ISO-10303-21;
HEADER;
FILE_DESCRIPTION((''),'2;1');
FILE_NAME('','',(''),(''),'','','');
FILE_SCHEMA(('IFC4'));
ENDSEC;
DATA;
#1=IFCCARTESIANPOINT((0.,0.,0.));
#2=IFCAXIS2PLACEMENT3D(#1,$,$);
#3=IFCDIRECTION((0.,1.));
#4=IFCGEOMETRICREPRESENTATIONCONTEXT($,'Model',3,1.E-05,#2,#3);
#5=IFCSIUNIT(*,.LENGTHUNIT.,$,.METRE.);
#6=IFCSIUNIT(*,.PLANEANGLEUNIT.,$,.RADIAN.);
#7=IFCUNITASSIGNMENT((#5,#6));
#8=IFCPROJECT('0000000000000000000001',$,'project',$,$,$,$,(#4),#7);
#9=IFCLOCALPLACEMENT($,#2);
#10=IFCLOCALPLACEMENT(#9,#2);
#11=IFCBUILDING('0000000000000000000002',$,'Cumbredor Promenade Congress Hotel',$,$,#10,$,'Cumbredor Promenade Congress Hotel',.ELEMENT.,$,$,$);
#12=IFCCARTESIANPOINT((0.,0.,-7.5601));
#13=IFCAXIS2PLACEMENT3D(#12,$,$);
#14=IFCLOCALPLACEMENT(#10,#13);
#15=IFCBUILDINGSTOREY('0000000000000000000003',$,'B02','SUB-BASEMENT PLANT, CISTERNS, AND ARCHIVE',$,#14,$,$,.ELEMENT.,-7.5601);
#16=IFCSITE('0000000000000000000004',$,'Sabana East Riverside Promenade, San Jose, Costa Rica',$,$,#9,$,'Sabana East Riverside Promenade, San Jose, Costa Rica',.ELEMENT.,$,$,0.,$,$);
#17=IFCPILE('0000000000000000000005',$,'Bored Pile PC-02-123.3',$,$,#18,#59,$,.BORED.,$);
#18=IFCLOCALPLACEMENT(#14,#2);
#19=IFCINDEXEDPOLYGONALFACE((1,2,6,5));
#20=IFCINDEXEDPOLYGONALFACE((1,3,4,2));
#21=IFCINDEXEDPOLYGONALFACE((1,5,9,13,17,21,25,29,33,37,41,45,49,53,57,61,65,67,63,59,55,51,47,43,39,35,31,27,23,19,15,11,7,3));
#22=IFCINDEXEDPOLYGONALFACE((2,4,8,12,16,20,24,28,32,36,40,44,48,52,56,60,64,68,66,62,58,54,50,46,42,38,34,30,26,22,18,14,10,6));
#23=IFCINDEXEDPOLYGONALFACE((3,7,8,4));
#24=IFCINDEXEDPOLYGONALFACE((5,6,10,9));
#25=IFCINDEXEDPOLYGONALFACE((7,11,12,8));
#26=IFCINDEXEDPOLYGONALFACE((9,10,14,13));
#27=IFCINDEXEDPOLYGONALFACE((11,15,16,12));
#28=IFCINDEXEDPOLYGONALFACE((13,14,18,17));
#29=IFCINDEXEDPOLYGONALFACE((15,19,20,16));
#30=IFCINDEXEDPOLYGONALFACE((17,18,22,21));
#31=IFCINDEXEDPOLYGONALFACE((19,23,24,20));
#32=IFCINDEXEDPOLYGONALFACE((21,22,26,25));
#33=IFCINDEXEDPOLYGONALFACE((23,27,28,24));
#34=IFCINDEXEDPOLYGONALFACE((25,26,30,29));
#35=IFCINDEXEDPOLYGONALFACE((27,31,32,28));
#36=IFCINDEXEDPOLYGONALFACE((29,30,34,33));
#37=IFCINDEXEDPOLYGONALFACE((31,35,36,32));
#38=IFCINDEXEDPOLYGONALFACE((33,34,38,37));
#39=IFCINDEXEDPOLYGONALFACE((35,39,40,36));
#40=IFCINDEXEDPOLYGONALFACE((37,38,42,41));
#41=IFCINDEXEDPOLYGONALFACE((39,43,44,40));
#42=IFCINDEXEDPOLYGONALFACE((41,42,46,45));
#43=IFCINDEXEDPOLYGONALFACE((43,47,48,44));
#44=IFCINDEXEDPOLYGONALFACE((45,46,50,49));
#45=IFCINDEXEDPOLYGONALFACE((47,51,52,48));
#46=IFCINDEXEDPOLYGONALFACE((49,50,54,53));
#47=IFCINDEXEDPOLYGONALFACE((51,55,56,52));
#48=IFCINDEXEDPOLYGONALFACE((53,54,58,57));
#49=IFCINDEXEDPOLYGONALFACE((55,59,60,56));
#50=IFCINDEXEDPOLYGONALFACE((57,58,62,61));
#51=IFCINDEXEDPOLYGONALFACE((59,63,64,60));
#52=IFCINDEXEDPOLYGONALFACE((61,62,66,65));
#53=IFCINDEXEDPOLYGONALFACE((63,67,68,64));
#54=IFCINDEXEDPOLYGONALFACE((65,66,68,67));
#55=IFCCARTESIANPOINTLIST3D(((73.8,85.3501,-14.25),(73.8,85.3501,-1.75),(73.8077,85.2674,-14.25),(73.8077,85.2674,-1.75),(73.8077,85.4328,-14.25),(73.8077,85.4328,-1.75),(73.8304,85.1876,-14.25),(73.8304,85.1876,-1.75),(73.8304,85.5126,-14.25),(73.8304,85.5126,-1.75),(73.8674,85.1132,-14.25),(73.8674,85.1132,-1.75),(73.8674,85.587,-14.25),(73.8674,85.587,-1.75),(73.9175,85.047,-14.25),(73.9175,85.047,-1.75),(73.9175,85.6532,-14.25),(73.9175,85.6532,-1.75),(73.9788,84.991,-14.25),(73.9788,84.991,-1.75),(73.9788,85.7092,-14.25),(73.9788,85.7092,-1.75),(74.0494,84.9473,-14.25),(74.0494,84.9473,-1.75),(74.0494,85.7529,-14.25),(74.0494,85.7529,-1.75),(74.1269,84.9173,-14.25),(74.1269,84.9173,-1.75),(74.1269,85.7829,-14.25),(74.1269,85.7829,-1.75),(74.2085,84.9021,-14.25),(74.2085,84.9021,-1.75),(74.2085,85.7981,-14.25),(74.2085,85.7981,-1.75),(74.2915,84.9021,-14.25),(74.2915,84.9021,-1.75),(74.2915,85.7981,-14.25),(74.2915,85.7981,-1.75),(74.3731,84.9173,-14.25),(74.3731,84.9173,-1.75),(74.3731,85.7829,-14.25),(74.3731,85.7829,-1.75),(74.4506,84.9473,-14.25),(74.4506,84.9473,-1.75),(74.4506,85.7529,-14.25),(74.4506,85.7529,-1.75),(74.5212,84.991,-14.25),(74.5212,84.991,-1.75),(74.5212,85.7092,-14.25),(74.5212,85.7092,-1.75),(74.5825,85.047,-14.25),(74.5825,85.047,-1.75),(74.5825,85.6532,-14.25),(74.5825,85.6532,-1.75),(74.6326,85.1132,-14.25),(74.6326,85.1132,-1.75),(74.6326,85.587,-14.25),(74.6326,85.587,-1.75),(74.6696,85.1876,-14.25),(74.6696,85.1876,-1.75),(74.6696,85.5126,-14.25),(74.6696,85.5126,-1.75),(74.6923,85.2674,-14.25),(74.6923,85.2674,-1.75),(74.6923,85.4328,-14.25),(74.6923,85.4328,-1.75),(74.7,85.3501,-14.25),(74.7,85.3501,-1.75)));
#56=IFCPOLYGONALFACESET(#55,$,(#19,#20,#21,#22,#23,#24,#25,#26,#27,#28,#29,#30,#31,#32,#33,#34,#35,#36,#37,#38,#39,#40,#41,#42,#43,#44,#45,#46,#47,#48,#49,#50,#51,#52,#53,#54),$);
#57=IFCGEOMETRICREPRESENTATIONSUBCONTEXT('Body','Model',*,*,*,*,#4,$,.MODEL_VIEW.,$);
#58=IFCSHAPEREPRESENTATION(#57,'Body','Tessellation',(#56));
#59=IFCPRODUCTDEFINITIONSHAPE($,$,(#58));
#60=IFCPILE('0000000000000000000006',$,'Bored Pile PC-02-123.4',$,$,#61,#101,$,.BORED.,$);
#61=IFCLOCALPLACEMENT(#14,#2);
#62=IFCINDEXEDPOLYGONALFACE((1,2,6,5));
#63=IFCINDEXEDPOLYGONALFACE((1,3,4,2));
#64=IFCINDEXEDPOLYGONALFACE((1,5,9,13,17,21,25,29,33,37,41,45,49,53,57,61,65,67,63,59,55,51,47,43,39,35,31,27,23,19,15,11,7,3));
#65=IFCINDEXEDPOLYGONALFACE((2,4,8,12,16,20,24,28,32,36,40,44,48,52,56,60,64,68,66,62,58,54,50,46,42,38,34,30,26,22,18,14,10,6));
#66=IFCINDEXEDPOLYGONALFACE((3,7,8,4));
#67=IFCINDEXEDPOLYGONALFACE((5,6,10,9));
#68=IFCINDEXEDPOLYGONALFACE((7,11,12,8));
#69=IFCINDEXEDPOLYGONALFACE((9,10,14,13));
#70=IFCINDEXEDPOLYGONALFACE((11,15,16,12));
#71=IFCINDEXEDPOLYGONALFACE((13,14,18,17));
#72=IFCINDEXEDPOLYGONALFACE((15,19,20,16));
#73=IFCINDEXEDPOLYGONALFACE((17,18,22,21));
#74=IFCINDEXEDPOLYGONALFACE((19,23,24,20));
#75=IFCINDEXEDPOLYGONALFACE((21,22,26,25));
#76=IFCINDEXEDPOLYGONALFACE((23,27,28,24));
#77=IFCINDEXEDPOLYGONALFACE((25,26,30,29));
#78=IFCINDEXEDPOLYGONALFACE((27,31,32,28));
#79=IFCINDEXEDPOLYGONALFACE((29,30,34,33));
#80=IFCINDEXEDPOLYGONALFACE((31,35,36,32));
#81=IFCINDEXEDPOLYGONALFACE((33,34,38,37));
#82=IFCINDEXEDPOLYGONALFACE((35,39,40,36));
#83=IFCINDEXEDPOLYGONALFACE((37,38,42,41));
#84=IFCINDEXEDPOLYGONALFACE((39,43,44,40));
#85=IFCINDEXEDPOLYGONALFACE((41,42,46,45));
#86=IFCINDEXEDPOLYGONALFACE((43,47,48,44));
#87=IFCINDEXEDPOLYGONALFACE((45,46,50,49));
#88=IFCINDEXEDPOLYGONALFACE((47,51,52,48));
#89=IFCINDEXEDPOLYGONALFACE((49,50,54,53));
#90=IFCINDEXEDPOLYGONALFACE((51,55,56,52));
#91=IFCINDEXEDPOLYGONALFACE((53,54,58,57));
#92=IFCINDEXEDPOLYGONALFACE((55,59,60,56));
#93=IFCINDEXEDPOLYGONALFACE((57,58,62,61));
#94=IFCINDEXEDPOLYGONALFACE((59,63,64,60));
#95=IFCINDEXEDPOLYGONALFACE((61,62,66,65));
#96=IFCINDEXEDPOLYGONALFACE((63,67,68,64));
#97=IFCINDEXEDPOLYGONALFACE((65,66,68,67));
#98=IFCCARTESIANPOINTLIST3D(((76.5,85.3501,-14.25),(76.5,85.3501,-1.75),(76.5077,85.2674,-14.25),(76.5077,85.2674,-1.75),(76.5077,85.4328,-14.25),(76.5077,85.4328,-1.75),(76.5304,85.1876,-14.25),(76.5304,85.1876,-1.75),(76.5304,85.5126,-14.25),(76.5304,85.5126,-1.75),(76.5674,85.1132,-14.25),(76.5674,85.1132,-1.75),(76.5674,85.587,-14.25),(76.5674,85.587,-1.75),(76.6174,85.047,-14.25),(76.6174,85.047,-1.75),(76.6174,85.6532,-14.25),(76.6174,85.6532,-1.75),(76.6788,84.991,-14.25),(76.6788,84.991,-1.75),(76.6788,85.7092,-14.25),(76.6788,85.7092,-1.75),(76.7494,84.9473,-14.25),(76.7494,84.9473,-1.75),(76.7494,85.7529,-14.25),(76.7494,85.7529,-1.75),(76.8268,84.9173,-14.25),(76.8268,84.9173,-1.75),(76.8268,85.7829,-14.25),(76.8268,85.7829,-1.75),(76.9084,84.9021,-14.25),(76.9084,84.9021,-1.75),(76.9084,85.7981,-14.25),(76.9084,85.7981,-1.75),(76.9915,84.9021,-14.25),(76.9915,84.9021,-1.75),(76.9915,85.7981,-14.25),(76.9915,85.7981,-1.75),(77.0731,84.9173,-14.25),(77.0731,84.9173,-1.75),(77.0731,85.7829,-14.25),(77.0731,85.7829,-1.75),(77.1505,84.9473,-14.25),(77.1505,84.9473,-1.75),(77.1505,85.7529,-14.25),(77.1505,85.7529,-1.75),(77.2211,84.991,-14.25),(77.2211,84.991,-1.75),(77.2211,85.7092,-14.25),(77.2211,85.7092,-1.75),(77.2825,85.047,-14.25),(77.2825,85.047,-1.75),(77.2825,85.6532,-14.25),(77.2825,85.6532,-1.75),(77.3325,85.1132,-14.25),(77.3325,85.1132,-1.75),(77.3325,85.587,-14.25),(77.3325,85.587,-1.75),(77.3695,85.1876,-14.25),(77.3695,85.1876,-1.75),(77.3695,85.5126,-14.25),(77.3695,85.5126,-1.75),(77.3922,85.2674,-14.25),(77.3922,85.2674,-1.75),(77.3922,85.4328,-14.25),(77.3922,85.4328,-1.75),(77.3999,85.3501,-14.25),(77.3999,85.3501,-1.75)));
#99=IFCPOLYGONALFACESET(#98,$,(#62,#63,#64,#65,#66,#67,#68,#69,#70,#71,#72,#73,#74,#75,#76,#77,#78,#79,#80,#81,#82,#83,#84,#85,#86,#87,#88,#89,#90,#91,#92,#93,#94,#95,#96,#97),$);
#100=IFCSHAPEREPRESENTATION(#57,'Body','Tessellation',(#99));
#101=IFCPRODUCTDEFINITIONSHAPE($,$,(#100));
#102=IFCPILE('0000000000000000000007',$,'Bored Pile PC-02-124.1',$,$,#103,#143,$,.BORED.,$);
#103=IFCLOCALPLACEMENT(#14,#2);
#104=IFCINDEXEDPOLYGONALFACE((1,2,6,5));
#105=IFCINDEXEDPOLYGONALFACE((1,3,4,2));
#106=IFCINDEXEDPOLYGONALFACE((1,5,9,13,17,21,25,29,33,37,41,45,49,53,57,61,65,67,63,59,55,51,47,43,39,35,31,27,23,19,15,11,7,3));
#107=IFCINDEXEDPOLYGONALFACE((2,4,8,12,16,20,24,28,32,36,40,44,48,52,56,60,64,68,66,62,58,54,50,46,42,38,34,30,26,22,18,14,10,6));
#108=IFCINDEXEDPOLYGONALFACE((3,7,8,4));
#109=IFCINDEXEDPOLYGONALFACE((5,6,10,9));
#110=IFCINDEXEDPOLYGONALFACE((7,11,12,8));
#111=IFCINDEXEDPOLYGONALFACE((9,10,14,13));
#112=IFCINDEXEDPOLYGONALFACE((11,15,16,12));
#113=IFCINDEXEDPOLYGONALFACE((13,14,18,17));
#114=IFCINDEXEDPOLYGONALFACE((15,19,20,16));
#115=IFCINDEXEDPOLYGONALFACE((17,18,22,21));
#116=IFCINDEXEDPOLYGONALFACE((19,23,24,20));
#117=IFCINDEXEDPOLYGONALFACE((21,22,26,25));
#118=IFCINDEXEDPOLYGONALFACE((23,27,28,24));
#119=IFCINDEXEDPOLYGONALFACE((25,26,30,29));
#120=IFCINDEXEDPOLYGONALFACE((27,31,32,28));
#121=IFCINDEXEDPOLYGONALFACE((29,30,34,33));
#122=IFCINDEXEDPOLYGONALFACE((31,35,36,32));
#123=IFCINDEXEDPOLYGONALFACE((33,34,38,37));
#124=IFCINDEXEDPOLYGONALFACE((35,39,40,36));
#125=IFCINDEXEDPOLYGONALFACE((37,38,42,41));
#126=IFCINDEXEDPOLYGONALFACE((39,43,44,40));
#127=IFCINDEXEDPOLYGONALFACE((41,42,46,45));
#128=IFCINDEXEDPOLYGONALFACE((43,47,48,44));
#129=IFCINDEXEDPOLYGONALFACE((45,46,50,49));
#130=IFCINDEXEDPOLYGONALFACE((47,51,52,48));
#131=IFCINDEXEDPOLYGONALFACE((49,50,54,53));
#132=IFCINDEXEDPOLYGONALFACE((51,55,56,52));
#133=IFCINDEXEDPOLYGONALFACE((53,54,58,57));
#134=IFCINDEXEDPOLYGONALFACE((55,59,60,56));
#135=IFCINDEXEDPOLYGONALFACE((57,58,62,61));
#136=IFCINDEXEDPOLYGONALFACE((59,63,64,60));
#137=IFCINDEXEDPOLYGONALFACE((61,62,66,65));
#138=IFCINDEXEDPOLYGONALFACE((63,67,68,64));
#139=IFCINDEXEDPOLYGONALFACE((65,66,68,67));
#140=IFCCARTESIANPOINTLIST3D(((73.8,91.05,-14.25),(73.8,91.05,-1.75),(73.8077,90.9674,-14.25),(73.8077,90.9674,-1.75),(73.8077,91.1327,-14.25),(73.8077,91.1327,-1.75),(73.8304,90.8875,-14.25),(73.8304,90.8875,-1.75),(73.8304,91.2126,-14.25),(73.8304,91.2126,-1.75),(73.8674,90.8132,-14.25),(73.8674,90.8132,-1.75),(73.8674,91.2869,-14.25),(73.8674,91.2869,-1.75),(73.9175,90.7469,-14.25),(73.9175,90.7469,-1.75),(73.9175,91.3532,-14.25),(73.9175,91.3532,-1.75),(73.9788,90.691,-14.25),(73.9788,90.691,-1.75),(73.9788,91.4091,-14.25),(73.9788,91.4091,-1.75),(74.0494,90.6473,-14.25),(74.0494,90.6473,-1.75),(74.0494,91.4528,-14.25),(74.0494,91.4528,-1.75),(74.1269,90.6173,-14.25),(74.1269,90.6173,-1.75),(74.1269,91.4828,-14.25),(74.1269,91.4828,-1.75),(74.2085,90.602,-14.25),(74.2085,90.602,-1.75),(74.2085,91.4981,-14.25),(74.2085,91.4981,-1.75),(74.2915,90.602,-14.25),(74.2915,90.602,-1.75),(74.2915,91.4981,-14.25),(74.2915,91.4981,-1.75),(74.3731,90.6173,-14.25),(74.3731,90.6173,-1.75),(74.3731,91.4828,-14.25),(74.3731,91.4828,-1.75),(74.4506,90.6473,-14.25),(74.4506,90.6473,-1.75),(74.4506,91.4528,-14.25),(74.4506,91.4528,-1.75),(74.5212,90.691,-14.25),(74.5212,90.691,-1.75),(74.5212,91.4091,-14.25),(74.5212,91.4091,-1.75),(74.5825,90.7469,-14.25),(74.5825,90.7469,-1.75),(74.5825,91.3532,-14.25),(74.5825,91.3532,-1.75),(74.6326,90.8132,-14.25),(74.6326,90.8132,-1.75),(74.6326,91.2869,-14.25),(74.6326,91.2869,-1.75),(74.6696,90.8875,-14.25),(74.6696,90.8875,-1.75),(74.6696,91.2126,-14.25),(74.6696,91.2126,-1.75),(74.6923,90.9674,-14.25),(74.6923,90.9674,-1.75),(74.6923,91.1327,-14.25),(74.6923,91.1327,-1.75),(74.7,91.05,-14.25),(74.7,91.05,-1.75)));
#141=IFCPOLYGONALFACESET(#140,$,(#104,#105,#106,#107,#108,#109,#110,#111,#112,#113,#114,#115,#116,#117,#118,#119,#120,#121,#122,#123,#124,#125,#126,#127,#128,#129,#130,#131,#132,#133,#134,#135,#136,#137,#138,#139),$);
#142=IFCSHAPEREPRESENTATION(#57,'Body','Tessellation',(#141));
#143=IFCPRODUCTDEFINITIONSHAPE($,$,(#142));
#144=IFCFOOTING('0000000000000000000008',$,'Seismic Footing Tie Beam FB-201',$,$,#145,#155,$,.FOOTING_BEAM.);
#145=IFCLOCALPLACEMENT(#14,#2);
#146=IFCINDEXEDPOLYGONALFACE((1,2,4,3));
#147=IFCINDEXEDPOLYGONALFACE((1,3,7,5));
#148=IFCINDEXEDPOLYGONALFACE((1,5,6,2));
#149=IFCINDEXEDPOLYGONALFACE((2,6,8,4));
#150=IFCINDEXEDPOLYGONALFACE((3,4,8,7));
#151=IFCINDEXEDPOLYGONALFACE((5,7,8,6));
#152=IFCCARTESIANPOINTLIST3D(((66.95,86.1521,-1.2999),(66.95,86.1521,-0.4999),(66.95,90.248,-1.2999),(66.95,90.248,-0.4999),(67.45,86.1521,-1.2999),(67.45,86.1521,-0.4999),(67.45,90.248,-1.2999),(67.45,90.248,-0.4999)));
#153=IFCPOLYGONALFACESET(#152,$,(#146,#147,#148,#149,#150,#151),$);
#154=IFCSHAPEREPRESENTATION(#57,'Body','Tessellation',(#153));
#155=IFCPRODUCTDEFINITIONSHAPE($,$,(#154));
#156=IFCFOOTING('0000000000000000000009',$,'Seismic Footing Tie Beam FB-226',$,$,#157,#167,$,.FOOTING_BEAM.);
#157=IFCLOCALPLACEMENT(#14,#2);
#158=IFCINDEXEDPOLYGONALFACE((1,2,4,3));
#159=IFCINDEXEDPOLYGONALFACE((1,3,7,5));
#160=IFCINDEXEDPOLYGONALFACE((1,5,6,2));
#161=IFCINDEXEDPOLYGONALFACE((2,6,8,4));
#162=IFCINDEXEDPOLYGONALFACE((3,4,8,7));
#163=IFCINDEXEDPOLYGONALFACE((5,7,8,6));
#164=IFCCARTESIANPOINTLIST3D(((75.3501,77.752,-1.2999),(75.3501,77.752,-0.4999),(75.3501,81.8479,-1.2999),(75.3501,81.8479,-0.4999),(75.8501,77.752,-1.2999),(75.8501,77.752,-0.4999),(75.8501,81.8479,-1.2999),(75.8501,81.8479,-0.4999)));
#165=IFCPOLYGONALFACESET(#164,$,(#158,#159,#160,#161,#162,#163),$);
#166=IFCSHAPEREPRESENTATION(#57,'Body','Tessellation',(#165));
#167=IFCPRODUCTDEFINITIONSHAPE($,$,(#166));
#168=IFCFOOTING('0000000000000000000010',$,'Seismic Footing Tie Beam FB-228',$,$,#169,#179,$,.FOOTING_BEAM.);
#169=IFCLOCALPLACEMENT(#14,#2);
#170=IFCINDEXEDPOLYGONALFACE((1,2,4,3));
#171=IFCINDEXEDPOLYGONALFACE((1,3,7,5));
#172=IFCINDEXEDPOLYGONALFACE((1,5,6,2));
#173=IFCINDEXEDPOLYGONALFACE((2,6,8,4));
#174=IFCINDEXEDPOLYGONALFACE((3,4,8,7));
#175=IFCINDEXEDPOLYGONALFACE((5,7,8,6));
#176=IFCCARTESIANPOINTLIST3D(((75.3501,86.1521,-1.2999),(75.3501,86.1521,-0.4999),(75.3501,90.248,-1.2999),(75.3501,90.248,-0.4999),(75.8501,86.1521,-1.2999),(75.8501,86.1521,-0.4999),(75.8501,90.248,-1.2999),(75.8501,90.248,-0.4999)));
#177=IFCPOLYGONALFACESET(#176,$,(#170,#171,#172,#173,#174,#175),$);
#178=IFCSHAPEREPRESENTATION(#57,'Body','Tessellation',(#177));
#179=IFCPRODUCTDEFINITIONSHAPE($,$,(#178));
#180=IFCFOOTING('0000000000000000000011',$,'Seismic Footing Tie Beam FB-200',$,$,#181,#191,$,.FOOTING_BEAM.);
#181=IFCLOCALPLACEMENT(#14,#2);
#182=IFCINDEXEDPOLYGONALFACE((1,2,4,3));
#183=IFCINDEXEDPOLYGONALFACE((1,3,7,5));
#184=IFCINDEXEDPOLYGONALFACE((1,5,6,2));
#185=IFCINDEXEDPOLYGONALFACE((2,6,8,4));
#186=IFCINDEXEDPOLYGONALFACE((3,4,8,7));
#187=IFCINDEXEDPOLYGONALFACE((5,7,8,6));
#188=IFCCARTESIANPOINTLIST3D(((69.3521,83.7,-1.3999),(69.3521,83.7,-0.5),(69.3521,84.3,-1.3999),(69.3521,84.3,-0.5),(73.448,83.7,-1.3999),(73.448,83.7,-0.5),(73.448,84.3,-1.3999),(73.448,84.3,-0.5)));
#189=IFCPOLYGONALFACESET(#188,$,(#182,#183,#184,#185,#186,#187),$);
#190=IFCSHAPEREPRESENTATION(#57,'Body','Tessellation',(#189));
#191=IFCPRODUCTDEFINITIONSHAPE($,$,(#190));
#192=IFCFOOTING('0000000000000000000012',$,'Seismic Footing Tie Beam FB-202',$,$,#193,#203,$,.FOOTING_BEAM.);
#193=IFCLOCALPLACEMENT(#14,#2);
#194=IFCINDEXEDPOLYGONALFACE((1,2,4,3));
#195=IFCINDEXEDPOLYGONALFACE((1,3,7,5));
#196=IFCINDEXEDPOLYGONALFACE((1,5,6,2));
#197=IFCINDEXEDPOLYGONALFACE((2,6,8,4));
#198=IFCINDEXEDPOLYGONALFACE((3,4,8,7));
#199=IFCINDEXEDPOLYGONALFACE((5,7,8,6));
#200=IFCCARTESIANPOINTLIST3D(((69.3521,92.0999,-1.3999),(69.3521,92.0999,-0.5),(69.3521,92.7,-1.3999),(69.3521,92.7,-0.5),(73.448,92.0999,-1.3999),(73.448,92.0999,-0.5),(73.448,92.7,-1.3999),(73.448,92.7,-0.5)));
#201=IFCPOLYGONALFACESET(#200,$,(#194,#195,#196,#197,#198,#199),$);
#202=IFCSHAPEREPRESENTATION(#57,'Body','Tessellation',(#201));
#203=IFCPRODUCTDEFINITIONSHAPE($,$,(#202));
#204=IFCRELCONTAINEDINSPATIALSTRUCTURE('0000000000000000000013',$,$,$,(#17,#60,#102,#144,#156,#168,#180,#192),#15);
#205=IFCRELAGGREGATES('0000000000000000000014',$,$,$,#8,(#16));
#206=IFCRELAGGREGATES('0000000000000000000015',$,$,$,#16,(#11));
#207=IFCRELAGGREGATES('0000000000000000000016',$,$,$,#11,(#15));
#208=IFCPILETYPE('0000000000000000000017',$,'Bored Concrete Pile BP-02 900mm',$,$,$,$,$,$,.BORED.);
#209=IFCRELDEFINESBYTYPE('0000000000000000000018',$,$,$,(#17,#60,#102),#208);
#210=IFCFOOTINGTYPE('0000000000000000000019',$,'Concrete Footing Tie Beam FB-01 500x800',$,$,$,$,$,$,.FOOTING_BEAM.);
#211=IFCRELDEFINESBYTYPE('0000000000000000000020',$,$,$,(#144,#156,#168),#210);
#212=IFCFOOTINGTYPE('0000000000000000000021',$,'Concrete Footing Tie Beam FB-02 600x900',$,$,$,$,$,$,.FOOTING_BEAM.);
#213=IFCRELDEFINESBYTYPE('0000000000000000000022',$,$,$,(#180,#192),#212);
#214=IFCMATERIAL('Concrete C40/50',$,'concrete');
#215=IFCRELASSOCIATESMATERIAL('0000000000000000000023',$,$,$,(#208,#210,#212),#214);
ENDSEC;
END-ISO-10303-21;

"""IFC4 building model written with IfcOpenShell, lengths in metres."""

from ifc_helpers import new_model, si_unit, direction, frame, origin, origin_2d, place, context, subcontext, project, spatial, rectangle, circle, extrude, material, material_profile, profile_set, type_object, element, save


model = new_model("IFC4")

# Units and contexts
model_context = context("Model", 3, precision=1e-05, world=origin(), true_north=direction((0.0, 1.0)))
body_context = subcontext(model_context, "Body", "Model", "MODEL_VIEW")
ifc_project = project(units=[si_unit("LENGTHUNIT", "METRE"), si_unit("PLANEANGLEUNIT", "RADIAN")], contexts=[model_context])

# Site, building, storey
site_placement = place(None, origin())
site = spatial("IfcSite", under=ifc_project, at=site_placement, Name="Sabana East Riverside Promenade, San Jose, Costa Rica", LongName="Sabana East Riverside Promenade, San Jose, Costa Rica", CompositionType="ELEMENT", RefElevation=0.0)
building_placement = place(site_placement, origin())
building = spatial("IfcBuilding", under=site, at=building_placement, Name="Cumbredor Promenade Congress Hotel", LongName="Cumbredor Promenade Congress Hotel", CompositionType="ELEMENT")
storey_placement = place(building_placement, frame((0.0, 0.0, -7.5601)))
storey = spatial("IfcBuildingStorey", under=building, at=storey_placement, Name="B02", Description="SUB-BASEMENT PLANT, CISTERNS, AND ARCHIVE", CompositionType="ELEMENT", Elevation=-7.5601)

# Piles
ifc_material_1 = material(Name="Concrete C40/50", Category="concrete")
ifc_material_profile_1 = material_profile(ifc_material_1, circle(Radius=0.45, at=origin_2d()), Name="PILE D900")
ifc_profile_set_1 = profile_set([ifc_material_profile_1], Name="Concrete C40/50")
pile_type = type_object("IfcPileType", Name="Bored Concrete Pile BP-02 900mm", PredefinedType="BORED", material=ifc_profile_set_1)
for number, where, z_axis, x_axis, name in (
    (1, (74.25, 85.3501, -1.75), (0.0, 0.0, -1.0), (1.0, 0.0, 0.0), "Bored Pile PC-02-123.3"),
    (2, (76.95, 85.3501, -1.75), (0.0, 0.0, -1.0), (1.0, 0.0, 0.0), "Bored Pile PC-02-123.4"),
    (3, (74.25, 91.05, -1.75), (0.0, 0.0, -1.0), (1.0, 0.0, 0.0), "Bored Pile PC-02-124.1"),
):
    element("IfcPile", number, at=place(storey_placement, frame(where, z_axis=z_axis, x_axis=x_axis)), inside=storey, type_object=pile_type, Name=name, PredefinedType="BORED", context=body_context, shape_type="SweptSolid", body=[
        extrude(circle(Radius=0.45, at=origin_2d()), origin(), (0.0, 0.0, 1.0), 12.5),
    ])

# Footings
ifc_material_profile_2 = material_profile(ifc_material_1, rectangle(XDim=0.5, YDim=0.8, at=origin_2d()), Name="FB 500x800")
ifc_profile_set_2 = profile_set([ifc_material_profile_2], Name="Concrete C40/50")
footing_type_1 = type_object("IfcFootingType", Name="Concrete Footing Tie Beam FB-01 500x800", PredefinedType="FOOTING_BEAM", material=ifc_profile_set_2)
for number, where, z_axis, x_axis, name in (
    (4, (67.2, 86.1521, -0.8999), (0.0, 1.0, 0.0), (-1.0, 0.0, 0.0), "Seismic Footing Tie Beam FB-201"),
    (5, (75.6001, 77.752, -0.8999), (0.0, 1.0, 0.0), (-1.0, 0.0, 0.0), "Seismic Footing Tie Beam FB-226"),
    (6, (75.6001, 86.1521, -0.8999), (0.0, 1.0, 0.0), (-1.0, 0.0, 0.0), "Seismic Footing Tie Beam FB-228"),
):
    element("IfcFooting", number, at=place(storey_placement, frame(where, z_axis=z_axis, x_axis=x_axis)), inside=storey, type_object=footing_type_1, Name=name, PredefinedType="FOOTING_BEAM", context=body_context, shape_type="SweptSolid", body=[
        extrude(rectangle(XDim=0.5, YDim=0.8, at=origin_2d()), origin(), (0.0, 0.0, 1.0), 4.0959),
    ])
ifc_material_profile_3 = material_profile(ifc_material_1, rectangle(XDim=0.6001, YDim=0.8999, at=origin_2d()), Name="FB 600x900")
ifc_profile_set_3 = profile_set([ifc_material_profile_3], Name="Concrete C40/50")
footing_type_2 = type_object("IfcFootingType", Name="Concrete Footing Tie Beam FB-02 600x900", PredefinedType="FOOTING_BEAM", material=ifc_profile_set_3)
for number, where, z_axis, x_axis, name in (
    (7, (69.3521, 84.0, -0.95), (1.0, 0.0, 0.0), (0.0, 1.0, 0.0), "Seismic Footing Tie Beam FB-200"),
    (8, (69.3521, 92.3999, -0.95), (1.0, 0.0, 0.0), (0.0, 1.0, 0.0), "Seismic Footing Tie Beam FB-202"),
):
    element("IfcFooting", number, at=place(storey_placement, frame(where, z_axis=z_axis, x_axis=x_axis)), inside=storey, type_object=footing_type_2, Name=name, PredefinedType="FOOTING_BEAM", context=body_context, shape_type="SweptSolid", body=[
        extrude(rectangle(XDim=0.6001, YDim=0.8999, at=origin_2d()), origin(), (0.0, 0.0, 1.0), 4.0959),
    ])

save(model, "model.ifc")
